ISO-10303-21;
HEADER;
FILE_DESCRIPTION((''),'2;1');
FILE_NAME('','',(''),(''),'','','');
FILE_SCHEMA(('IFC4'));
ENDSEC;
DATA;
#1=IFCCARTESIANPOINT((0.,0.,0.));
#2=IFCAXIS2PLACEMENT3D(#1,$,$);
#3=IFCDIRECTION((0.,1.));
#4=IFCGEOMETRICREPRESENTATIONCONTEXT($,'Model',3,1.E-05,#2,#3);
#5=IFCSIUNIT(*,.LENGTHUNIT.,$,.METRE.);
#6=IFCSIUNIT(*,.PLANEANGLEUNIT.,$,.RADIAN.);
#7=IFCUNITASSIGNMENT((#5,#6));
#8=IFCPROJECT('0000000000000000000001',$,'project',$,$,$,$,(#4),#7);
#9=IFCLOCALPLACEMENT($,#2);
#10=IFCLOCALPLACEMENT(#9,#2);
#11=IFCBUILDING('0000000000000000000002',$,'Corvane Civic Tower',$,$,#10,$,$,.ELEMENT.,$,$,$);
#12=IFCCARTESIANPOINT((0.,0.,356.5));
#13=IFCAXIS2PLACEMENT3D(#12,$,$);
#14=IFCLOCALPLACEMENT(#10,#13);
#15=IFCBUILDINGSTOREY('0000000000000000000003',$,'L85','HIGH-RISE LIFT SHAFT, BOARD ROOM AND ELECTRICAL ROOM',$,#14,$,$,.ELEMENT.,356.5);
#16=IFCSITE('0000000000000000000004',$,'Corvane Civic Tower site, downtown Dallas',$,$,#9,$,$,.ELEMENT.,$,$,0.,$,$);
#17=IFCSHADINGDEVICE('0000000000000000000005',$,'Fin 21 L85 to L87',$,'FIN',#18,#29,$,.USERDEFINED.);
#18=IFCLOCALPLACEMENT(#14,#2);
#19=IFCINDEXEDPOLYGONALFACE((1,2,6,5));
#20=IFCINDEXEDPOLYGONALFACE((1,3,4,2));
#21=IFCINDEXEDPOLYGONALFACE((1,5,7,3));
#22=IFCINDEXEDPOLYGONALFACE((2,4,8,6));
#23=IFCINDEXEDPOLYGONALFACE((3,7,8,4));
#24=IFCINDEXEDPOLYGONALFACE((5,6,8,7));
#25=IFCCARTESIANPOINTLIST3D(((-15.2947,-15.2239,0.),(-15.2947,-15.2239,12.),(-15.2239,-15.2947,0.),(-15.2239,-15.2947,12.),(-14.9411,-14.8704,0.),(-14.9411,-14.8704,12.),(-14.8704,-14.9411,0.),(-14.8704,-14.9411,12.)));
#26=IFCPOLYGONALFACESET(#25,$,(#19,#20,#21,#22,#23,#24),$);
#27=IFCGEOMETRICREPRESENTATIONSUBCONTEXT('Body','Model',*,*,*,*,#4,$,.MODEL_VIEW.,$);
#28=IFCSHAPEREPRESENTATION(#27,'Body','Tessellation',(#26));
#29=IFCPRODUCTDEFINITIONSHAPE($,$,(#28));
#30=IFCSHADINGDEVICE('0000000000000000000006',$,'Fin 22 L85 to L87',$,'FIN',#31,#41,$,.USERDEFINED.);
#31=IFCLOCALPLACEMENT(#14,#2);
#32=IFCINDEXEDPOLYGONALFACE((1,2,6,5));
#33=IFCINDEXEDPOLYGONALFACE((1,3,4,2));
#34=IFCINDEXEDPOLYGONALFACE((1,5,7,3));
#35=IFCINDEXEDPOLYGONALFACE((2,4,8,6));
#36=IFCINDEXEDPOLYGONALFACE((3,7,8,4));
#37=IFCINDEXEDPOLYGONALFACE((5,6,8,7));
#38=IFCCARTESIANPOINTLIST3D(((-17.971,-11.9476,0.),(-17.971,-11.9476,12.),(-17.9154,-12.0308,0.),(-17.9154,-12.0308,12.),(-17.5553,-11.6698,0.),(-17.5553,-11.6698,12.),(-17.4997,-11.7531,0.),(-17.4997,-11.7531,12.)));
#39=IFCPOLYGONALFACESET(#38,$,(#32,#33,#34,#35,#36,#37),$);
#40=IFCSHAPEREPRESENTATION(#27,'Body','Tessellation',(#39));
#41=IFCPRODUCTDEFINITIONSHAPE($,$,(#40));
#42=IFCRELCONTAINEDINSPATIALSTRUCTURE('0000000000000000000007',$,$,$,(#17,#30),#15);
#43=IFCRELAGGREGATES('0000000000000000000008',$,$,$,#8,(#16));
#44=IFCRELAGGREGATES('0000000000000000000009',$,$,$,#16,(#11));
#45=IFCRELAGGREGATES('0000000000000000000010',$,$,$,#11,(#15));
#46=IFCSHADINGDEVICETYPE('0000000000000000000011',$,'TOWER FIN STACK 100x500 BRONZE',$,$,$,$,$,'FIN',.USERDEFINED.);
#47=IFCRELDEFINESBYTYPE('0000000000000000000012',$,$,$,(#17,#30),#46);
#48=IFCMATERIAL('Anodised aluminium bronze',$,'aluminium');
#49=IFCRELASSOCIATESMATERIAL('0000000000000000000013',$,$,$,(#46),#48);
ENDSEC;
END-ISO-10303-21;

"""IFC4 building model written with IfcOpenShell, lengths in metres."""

from ifc_helpers import new_model, si_unit, direction, frame, origin, origin_2d, place, context, subcontext, project, spatial, rectangle, extrude, material, material_profile, profile_set, type_object, element, save


model = new_model("IFC4")

# Units and contexts
model_context = context("Model", 3, precision=1e-05, world=origin(), true_north=direction((0.0, 1.0)))
body_context = subcontext(model_context, "Body", "Model", "MODEL_VIEW")
ifc_project = project(units=[si_unit("LENGTHUNIT", "METRE"), si_unit("PLANEANGLEUNIT", "RADIAN")], contexts=[model_context])

# Site, building, storey
site_placement = place(None, origin())
site = spatial("IfcSite", under=ifc_project, at=site_placement, Name="Corvane Civic Tower site, downtown Dallas", CompositionType="ELEMENT", RefElevation=0.0)
building_placement = place(site_placement, origin())
building = spatial("IfcBuilding", under=site, at=building_placement, Name="Corvane Civic Tower", CompositionType="ELEMENT")
storey_placement = place(building_placement, frame((0.0, 0.0, 356.5)))
storey = spatial("IfcBuildingStorey", under=building, at=storey_placement, Name="L85", Description="HIGH-RISE LIFT SHAFT, BOARD ROOM AND ELECTRICAL ROOM", CompositionType="ELEMENT", Elevation=356.5)

# Shading devices
ifc_material_1 = material(Name="Anodised aluminium bronze", Category="aluminium")
ifc_material_profile_1 = material_profile(ifc_material_1, rectangle(XDim=0.1001, YDim=0.5, at=origin_2d()), Name="TOWER FIN STACK 100x500 BRONZE")
ifc_profile_set_1 = profile_set([ifc_material_profile_1], Name="Anodised aluminium bronze")
shading_device_type = type_object("IfcShadingDeviceType", Name="TOWER FIN STACK 100x500 BRONZE", ElementType="FIN", PredefinedType="USERDEFINED", material=ifc_profile_set_1)
for number, where, z_axis, x_axis, name in (
    (1, (-15.0825, -15.0825, 0.0), (0.0, 0.0, 1.0), (-0.707107, 0.707107, 0.0), "Fin 21 L85 to L87"),
    (2, (-17.7354, -11.8503, 0.0), (0.0, 0.0, 1.0), (-0.55557, 0.83147, 0.0), "Fin 22 L85 to L87"),
):
    element("IfcShadingDevice", number, at=place(storey_placement, frame(where, z_axis=z_axis, x_axis=x_axis)), inside=storey, type_object=shading_device_type, Name=name, ObjectType="FIN", PredefinedType="USERDEFINED", context=body_context, shape_type="SweptSolid", body=[
        extrude(rectangle(XDim=0.1001, YDim=0.5, at=origin_2d()), origin(), (0.0, 0.0, 1.0), 12.0),
    ])

save(model, "model.ifc")
